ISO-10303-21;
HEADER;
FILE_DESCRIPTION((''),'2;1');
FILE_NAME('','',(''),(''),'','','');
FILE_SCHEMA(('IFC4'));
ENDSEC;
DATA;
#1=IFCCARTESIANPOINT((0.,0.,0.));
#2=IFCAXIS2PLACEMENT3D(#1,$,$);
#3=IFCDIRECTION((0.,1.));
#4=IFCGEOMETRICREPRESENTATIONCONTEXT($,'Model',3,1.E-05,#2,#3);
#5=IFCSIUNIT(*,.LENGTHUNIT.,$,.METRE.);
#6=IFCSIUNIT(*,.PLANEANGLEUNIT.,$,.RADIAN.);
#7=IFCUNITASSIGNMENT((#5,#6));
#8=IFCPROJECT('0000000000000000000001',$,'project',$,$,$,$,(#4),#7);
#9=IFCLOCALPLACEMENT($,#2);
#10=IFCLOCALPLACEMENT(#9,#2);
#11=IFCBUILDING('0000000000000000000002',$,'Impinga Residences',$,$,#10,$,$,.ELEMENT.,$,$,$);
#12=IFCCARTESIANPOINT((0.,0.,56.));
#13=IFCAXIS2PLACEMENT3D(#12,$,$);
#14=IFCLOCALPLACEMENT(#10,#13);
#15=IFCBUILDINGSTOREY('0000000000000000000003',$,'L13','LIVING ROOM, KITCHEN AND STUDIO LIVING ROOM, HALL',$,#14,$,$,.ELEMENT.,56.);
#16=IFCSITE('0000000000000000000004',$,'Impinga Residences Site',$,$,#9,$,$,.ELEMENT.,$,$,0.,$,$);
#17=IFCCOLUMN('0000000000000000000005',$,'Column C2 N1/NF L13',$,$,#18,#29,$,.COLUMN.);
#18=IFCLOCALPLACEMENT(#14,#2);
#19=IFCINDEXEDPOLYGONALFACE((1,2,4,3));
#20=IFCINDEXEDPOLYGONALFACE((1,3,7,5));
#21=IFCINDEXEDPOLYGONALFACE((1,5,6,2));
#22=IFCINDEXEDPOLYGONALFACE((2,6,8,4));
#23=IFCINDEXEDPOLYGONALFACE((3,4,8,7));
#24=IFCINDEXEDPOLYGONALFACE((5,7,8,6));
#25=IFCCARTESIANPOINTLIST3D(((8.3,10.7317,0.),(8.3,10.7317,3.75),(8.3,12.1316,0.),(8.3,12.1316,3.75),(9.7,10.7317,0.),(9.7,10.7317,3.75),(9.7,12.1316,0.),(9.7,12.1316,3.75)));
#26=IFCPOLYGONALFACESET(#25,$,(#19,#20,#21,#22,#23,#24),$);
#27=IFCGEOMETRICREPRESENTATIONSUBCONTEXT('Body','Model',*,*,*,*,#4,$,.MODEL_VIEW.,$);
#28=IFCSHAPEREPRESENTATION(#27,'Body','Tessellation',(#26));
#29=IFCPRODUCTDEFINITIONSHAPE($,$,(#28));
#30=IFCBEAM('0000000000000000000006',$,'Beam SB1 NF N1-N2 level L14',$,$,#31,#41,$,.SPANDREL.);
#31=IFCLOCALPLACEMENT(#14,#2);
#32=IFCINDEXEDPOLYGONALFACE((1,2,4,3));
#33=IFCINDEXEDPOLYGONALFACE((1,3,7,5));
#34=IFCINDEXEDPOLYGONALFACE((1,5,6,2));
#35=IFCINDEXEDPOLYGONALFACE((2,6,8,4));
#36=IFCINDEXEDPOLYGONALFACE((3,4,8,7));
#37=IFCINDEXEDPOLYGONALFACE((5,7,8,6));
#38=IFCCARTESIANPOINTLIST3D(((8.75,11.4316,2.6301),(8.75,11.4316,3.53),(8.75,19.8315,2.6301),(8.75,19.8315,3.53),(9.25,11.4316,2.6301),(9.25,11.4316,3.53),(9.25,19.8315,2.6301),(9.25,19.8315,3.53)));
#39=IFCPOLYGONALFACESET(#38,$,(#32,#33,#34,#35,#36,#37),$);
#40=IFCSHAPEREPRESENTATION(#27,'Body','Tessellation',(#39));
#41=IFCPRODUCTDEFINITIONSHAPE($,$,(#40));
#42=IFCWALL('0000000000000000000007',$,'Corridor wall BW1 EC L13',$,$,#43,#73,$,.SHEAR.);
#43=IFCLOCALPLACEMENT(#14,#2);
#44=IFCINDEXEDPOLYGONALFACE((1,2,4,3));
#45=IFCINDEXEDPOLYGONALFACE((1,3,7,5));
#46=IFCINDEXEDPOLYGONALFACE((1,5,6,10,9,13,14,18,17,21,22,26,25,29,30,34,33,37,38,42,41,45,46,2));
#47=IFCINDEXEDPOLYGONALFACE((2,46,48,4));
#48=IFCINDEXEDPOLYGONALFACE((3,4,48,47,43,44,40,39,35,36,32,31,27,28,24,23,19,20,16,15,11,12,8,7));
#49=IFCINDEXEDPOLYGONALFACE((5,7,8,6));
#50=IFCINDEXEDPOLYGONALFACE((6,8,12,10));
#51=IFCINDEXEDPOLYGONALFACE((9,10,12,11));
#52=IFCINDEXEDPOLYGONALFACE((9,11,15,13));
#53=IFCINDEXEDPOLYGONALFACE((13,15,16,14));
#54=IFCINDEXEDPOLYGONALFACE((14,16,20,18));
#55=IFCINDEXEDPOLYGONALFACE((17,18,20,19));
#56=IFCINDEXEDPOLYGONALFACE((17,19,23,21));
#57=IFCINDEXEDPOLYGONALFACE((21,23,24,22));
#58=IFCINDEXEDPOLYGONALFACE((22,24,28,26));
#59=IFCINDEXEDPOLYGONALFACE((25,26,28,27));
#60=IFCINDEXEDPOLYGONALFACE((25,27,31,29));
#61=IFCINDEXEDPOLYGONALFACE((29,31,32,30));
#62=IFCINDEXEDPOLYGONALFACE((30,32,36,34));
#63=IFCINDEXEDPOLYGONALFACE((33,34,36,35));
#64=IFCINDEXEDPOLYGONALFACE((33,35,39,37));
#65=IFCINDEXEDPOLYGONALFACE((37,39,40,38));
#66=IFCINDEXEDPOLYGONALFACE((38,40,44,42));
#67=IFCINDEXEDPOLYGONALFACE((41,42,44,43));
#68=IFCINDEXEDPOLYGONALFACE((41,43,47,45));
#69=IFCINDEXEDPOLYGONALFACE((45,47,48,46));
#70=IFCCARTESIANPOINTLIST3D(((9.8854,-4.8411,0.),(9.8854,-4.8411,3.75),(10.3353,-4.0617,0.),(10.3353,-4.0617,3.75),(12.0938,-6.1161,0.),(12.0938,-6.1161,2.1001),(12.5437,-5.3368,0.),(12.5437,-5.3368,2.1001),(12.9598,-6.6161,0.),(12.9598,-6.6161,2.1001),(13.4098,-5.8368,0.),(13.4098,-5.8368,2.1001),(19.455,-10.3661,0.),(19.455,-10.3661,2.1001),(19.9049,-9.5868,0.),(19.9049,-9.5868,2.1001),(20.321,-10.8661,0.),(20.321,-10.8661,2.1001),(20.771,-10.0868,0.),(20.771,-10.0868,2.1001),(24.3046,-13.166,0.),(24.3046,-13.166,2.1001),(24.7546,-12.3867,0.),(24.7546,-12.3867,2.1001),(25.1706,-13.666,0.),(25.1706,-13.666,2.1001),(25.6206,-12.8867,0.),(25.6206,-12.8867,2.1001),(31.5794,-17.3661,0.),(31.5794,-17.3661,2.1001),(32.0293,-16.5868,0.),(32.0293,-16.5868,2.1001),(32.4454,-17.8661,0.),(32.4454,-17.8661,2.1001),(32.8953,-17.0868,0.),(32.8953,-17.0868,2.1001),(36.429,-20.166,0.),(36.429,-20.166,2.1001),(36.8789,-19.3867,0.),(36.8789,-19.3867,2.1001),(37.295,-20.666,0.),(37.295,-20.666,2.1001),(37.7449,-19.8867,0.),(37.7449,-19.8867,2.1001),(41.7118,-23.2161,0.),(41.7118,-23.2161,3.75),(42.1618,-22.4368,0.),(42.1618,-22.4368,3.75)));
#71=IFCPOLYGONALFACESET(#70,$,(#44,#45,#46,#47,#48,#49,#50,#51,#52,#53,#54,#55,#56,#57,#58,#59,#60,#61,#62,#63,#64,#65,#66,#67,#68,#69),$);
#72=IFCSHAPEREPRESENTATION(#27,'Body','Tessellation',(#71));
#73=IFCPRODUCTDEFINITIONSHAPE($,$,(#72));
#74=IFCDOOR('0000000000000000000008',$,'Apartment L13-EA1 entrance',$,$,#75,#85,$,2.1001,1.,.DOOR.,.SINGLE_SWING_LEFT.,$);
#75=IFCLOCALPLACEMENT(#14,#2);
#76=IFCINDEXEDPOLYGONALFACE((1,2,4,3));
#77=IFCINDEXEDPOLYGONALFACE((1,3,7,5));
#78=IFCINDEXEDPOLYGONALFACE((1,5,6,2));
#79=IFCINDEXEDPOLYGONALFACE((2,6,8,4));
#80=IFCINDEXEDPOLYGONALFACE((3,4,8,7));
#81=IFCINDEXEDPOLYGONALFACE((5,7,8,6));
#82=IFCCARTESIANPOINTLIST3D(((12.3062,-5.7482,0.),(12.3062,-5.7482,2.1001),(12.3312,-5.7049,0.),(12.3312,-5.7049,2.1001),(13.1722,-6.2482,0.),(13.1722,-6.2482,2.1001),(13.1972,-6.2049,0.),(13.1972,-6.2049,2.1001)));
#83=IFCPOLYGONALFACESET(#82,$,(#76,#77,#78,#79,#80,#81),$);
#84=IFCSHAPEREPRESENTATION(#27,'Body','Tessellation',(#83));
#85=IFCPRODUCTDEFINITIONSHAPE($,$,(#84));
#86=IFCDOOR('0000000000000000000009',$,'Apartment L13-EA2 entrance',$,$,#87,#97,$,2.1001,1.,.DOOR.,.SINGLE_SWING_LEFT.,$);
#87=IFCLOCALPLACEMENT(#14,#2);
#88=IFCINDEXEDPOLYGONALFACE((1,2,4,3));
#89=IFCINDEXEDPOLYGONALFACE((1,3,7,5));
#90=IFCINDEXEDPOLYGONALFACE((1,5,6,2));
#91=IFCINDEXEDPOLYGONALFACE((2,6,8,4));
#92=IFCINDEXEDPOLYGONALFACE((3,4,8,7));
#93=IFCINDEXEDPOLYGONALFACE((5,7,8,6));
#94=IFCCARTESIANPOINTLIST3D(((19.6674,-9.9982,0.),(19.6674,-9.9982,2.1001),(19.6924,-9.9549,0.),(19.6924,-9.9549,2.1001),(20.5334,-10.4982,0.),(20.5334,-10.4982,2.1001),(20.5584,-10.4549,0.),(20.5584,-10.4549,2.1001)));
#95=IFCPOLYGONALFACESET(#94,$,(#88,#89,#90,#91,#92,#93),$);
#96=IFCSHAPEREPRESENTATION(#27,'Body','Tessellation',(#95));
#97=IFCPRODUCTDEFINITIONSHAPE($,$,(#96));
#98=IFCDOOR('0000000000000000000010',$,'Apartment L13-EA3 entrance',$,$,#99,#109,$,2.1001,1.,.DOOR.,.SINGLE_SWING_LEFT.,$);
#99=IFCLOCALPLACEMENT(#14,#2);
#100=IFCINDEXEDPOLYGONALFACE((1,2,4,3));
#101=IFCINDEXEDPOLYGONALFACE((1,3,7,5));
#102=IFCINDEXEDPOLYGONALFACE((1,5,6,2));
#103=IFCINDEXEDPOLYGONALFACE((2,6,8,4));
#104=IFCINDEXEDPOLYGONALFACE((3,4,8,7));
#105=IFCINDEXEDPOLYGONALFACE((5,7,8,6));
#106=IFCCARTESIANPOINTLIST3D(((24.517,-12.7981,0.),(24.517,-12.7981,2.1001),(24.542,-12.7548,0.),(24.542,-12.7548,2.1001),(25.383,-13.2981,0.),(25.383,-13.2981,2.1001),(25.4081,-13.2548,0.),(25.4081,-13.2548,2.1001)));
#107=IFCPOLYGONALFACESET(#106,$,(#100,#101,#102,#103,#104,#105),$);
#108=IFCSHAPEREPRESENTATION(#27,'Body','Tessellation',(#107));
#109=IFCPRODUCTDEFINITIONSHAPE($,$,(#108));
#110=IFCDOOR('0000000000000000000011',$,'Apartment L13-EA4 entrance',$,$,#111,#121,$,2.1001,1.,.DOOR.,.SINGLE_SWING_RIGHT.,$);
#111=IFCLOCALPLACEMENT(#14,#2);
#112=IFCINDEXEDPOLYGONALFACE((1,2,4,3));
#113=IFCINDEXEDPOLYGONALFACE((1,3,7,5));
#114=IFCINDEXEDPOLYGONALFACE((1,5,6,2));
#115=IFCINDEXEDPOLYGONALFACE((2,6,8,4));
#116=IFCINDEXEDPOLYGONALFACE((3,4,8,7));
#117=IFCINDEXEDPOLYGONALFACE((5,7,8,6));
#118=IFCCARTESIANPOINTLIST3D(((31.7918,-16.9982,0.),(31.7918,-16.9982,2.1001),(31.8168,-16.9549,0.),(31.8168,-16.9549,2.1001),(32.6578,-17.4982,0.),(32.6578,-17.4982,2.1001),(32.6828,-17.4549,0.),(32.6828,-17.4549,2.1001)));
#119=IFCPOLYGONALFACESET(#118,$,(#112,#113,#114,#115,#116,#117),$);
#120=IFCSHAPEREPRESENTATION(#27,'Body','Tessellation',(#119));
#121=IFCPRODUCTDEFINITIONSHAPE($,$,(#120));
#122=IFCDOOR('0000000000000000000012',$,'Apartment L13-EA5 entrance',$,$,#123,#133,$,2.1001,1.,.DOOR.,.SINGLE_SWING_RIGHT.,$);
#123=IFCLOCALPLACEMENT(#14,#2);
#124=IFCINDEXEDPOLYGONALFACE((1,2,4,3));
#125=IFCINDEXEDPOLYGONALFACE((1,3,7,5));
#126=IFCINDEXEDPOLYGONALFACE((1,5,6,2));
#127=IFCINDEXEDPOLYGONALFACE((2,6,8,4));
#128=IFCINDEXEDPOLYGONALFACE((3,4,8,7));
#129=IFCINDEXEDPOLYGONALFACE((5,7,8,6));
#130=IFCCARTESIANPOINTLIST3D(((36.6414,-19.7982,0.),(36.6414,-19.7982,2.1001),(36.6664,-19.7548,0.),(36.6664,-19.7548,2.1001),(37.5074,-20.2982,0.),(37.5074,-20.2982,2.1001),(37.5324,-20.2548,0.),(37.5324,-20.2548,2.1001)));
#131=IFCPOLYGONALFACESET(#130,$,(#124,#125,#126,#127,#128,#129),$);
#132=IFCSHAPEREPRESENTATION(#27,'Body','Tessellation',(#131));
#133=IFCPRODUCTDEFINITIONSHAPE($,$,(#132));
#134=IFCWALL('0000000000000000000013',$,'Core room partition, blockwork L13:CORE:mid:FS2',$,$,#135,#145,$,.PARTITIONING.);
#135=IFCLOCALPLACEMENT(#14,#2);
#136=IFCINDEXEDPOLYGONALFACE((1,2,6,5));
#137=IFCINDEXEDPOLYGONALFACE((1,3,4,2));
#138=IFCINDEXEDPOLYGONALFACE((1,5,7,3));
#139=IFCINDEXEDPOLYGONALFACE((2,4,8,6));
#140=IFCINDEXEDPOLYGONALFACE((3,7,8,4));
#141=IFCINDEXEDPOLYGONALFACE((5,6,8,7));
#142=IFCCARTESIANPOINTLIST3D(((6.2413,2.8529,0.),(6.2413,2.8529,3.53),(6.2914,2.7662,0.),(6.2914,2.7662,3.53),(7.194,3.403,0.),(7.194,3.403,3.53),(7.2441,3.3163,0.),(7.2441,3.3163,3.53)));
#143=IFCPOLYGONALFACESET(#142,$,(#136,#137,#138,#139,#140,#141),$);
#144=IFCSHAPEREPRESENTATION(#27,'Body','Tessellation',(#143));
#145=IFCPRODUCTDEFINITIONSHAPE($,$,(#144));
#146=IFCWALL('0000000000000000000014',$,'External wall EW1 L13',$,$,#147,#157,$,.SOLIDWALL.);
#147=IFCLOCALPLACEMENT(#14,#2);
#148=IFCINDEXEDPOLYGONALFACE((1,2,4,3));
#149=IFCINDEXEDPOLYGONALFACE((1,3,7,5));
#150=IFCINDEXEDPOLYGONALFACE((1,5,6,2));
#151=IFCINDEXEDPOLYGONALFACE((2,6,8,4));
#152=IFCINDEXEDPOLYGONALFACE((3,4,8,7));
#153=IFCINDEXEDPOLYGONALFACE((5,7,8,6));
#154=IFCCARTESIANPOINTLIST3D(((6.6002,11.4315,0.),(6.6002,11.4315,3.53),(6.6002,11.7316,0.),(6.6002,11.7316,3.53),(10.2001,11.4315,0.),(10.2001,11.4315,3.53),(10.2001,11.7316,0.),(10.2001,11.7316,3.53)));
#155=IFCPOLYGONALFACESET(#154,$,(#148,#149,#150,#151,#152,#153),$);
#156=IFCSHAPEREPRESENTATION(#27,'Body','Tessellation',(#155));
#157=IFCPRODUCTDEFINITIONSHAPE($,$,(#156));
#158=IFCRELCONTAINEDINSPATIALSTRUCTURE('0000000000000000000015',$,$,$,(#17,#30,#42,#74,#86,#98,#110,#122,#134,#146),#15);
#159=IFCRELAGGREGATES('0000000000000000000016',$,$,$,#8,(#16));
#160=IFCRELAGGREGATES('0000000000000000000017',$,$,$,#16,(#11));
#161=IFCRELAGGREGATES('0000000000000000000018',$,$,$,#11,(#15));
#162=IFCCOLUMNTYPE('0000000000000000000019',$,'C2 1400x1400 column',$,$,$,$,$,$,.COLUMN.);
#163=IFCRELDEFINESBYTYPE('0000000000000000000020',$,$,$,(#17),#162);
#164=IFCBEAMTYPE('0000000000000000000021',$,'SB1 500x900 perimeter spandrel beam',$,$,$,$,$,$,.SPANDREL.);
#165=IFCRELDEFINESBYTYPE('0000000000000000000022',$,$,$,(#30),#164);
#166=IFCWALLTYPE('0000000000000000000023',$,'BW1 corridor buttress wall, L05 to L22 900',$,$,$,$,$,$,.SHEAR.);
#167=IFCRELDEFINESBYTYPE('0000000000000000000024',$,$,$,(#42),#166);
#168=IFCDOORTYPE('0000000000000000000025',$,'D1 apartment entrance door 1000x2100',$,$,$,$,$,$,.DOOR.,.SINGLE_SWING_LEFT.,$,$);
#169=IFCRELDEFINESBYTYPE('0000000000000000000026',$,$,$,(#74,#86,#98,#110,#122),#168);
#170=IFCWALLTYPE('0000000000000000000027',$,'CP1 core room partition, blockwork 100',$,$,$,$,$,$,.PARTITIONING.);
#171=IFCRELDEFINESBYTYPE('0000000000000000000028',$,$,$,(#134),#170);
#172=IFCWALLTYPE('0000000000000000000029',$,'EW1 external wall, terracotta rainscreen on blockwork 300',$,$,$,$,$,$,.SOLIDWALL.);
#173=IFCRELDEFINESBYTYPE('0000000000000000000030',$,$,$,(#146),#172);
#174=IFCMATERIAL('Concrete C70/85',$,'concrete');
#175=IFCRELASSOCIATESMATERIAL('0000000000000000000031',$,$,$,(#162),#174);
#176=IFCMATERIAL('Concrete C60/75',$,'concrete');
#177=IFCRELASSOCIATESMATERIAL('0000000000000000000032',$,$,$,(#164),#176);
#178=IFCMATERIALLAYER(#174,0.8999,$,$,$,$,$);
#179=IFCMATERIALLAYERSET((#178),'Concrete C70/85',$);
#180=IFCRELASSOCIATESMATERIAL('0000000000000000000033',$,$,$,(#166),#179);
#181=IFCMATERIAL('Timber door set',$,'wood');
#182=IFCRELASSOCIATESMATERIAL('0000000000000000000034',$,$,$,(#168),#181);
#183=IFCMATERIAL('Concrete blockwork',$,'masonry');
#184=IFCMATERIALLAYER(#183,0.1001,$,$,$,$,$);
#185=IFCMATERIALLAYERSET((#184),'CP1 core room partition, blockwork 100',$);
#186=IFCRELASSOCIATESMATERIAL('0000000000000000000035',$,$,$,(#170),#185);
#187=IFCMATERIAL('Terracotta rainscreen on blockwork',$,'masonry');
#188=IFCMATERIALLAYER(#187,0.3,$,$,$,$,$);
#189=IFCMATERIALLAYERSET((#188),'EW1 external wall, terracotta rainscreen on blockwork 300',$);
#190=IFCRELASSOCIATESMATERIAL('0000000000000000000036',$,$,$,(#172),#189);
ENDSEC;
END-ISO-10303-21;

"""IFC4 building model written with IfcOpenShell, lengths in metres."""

from ifc_helpers import new_model, si_unit, direction, frame, frame_2d, origin, origin_2d, place, context, subcontext, project, spatial, rectangle, extrude, material, layer, layer_set, material_profile, profile_set, type_object, element, fill, save


model = new_model("IFC4")

# Units and contexts
model_context = context("Model", 3, precision=1e-05, world=origin(), true_north=direction((0.0, 1.0)))
body_context = subcontext(model_context, "Body", "Model", "MODEL_VIEW")
ifc_project = project(units=[si_unit("LENGTHUNIT", "METRE"), si_unit("PLANEANGLEUNIT", "RADIAN")], contexts=[model_context])

# Site, building, storey
site_placement = place(None, origin())
site = spatial("IfcSite", under=ifc_project, at=site_placement, Name="Impinga Residences Site", CompositionType="ELEMENT", RefElevation=0.0)
building_placement = place(site_placement, origin())
building = spatial("IfcBuilding", under=site, at=building_placement, Name="Impinga Residences", CompositionType="ELEMENT")
storey_placement = place(building_placement, frame((0.0, 0.0, 56.0)))
storey = spatial("IfcBuildingStorey", under=building, at=storey_placement, Name="L13", Description="LIVING ROOM, KITCHEN AND STUDIO LIVING ROOM, HALL", CompositionType="ELEMENT", Elevation=56.0)

# Column
ifc_material_1 = material(Name="Concrete C70/85", Category="concrete")
ifc_material_profile_1 = material_profile(ifc_material_1, rectangle(XDim=1.3999, YDim=1.3999, at=origin_2d()), Name="RC 1400x1400")
ifc_profile_set_1 = profile_set([ifc_material_profile_1], Name="Concrete C70/85")
column_type = type_object("IfcColumnType", Name="C2 1400x1400 column", PredefinedType="COLUMN", material=ifc_profile_set_1)
column_placement = place(storey_placement, frame((9.0, 11.4316, 0.0), z_axis=(0.0, 0.0, 1.0), x_axis=(1.0, 0.0, 0.0)))
element("IfcColumn", 1, at=column_placement, inside=storey, type_object=column_type, Name="Column C2 N1/NF L13", PredefinedType="COLUMN", context=body_context, shape_type="SweptSolid", body=[
    extrude(rectangle(XDim=1.3999, YDim=1.3999, at=origin_2d()), origin(), (0.0, 0.0, 1.0), 3.75),
])

# Beam
ifc_material_2 = material(Name="Concrete C60/75", Category="concrete")
ifc_material_profile_2 = material_profile(ifc_material_2, rectangle(XDim=0.5, YDim=0.8999, at=origin_2d()), Name="RC 500x900")
ifc_profile_set_2 = profile_set([ifc_material_profile_2], Name="Concrete C60/75")
beam_type = type_object("IfcBeamType", Name="SB1 500x900 perimeter spandrel beam", PredefinedType="SPANDREL", material=ifc_profile_set_2)
beam_placement = place(storey_placement, frame((9.0, 11.4316, 3.0801), z_axis=(0.0, 1.0, 0.0), x_axis=(-1.0, 0.0, 0.0)))
element("IfcBeam", 2, at=beam_placement, inside=storey, type_object=beam_type, Name="Beam SB1 NF N1-N2 level L14", PredefinedType="SPANDREL", context=body_context, shape_type="SweptSolid", body=[
    extrude(rectangle(XDim=0.5, YDim=0.8999, at=origin_2d()), origin(), (0.0, 0.0, 1.0), 8.3999),
])

# Wall, openings, doors
ifc_layer_1 = layer(ifc_material_1, 0.8999)
ifc_layer_set_1 = layer_set([ifc_layer_1], Name="Concrete C70/85")
wall_type_1 = type_object("IfcWallType", Name="BW1 corridor buttress wall, L05 to L22 900", PredefinedType="SHEAR", material=ifc_layer_set_1)
wall_1_placement = place(storey_placement, frame((10.1104, -4.4514, 0.0), z_axis=(0.0, 0.0, 1.0), x_axis=(0.866025, -0.5, 0.0)))
wall_1 = element("IfcWall", 3, at=wall_1_placement, inside=storey, type_object=wall_type_1, Name="Corridor wall BW1 EC L13", PredefinedType="SHEAR", context=body_context, shape_type="SweptSolid", body=[
    extrude(rectangle(XDim=36.75, YDim=0.8999, at=frame_2d((18.375, 0.0))), origin(), (0.0, 0.0, 1.0), 3.75),
])
opening_1_placement = place(wall_1_placement, frame((2.55, 0.0, 0.0)))
opening_1 = element("IfcOpeningElement", 4, at=opening_1_placement, cuts=wall_1, PredefinedType="OPENING", context=body_context, shape_type="SweptSolid", body=[
    extrude(rectangle(XDim=1.0, YDim=2.1001, at=frame_2d((0.5, 1.05))), frame((0.0, 0.46, 0.0), z_axis=(0.0, -1.0, 0.0), x_axis=(1.0, 0.0, 0.0)), (0.0, 0.0, 1.0), 0.9199),
])
opening_2_placement = place(wall_1_placement, frame((11.05, 0.0, 0.0)))
opening_2 = element("IfcOpeningElement", 5, at=opening_2_placement, cuts=wall_1, PredefinedType="OPENING", context=body_context, shape_type="SweptSolid", body=[
    extrude(rectangle(XDim=1.0, YDim=2.1001, at=frame_2d((0.5, 1.05))), frame((0.0, 0.46, 0.0), z_axis=(0.0, -1.0, 0.0), x_axis=(1.0, 0.0, 0.0)), (0.0, 0.0, 1.0), 0.9199),
])
opening_3_placement = place(wall_1_placement, frame((16.6499, 0.0, 0.0)))
opening_3 = element("IfcOpeningElement", 6, at=opening_3_placement, cuts=wall_1, PredefinedType="OPENING", context=body_context, shape_type="SweptSolid", body=[
    extrude(rectangle(XDim=1.0, YDim=2.1001, at=frame_2d((0.5, 1.05))), frame((0.0, 0.46, 0.0), z_axis=(0.0, -1.0, 0.0), x_axis=(1.0, 0.0, 0.0)), (0.0, 0.0, 1.0), 0.9199),
])
opening_4_placement = place(wall_1_placement, frame((25.05, 0.0, 0.0)))
opening_4 = element("IfcOpeningElement", 7, at=opening_4_placement, cuts=wall_1, PredefinedType="OPENING", context=body_context, shape_type="SweptSolid", body=[
    extrude(rectangle(XDim=1.0, YDim=2.1001, at=frame_2d((0.5, 1.05))), frame((0.0, 0.46, 0.0), z_axis=(0.0, -1.0, 0.0), x_axis=(1.0, 0.0, 0.0)), (0.0, 0.0, 1.0), 0.9199),
])
opening_5_placement = place(wall_1_placement, frame((30.6499, 0.0, 0.0)))
opening_5 = element("IfcOpeningElement", 8, at=opening_5_placement, cuts=wall_1, PredefinedType="OPENING", context=body_context, shape_type="SweptSolid", body=[
    extrude(rectangle(XDim=1.0, YDim=2.1001, at=frame_2d((0.5, 1.05))), frame((0.0, 0.46, 0.0), z_axis=(0.0, -1.0, 0.0), x_axis=(1.0, 0.0, 0.0)), (0.0, 0.0, 1.0), 0.9199),
])
ifc_material_3 = material(Name="Timber door set", Category="wood")
door_type_1 = type_object("IfcDoorType", Name="D1 apartment entrance door 1000x2100", OperationType="SINGLE_SWING_LEFT", PredefinedType="DOOR", material=ifc_material_3)
door_1_placement = place(opening_1_placement, origin())
door_1 = element("IfcDoor", 9, at=door_1_placement, inside=storey, type_object=door_type_1, Name="Apartment L13-EA1 entrance", OperationType="SINGLE_SWING_LEFT", OverallHeight=2.1001, OverallWidth=1.0, PredefinedType="DOOR", context=body_context, shape_type="SweptSolid", body=[
    extrude(rectangle(XDim=1.0, YDim=2.1001, at=frame_2d((0.5, 1.05))), frame((0.0, 0.0249, 0.0), z_axis=(0.0, -1.0, 0.0), x_axis=(1.0, 0.0, 0.0)), (0.0, 0.0, 1.0), 0.05),
])
fill(opening_1, door_1)
door_2_placement = place(opening_2_placement, origin())
door_2 = element("IfcDoor", 10, at=door_2_placement, inside=storey, type_object=door_type_1, Name="Apartment L13-EA2 entrance", OperationType="SINGLE_SWING_LEFT", OverallHeight=2.1001, OverallWidth=1.0, PredefinedType="DOOR", context=body_context, shape_type="SweptSolid", body=[
    extrude(rectangle(XDim=1.0, YDim=2.1001, at=frame_2d((0.5, 1.05))), frame((0.0, 0.0249, 0.0), z_axis=(0.0, -1.0, 0.0), x_axis=(1.0, 0.0, 0.0)), (0.0, 0.0, 1.0), 0.05),
])
fill(opening_2, door_2)
door_3_placement = place(opening_3_placement, origin())
door_3 = element("IfcDoor", 11, at=door_3_placement, inside=storey, type_object=door_type_1, Name="Apartment L13-EA3 entrance", OperationType="SINGLE_SWING_LEFT", OverallHeight=2.1001, OverallWidth=1.0, PredefinedType="DOOR", context=body_context, shape_type="SweptSolid", body=[
    extrude(rectangle(XDim=1.0, YDim=2.1001, at=frame_2d((0.5, 1.05))), frame((0.0, 0.0249, 0.0), z_axis=(0.0, -1.0, 0.0), x_axis=(1.0, 0.0, 0.0)), (0.0, 0.0, 1.0), 0.05),
])
fill(opening_3, door_3)
door_4_placement = place(opening_4_placement, origin())
door_4 = element("IfcDoor", 12, at=door_4_placement, inside=storey, type_object=door_type_1, Name="Apartment L13-EA4 entrance", OperationType="SINGLE_SWING_RIGHT", OverallHeight=2.1001, OverallWidth=1.0, PredefinedType="DOOR", context=body_context, shape_type="SweptSolid", body=[
    extrude(rectangle(XDim=1.0, YDim=2.1001, at=frame_2d((0.5, 1.05))), frame((0.0, 0.0249, 0.0), z_axis=(0.0, -1.0, 0.0), x_axis=(1.0, 0.0, 0.0)), (0.0, 0.0, 1.0), 0.05),
])
fill(opening_4, door_4)
door_5_placement = place(opening_5_placement, origin())
door_5 = element("IfcDoor", 13, at=door_5_placement, inside=storey, type_object=door_type_1, Name="Apartment L13-EA5 entrance", OperationType="SINGLE_SWING_RIGHT", OverallHeight=2.1001, OverallWidth=1.0, PredefinedType="DOOR", context=body_context, shape_type="SweptSolid", body=[
    extrude(rectangle(XDim=1.0, YDim=2.1001, at=frame_2d((0.5, 1.05))), frame((0.0, 0.0249, 0.0), z_axis=(0.0, -1.0, 0.0), x_axis=(1.0, 0.0, 0.0)), (0.0, 0.0, 1.0), 0.05),
])
fill(opening_5, door_5)

# Walls
ifc_material_4 = material(Name="Concrete blockwork", Category="masonry")
ifc_layer_2 = layer(ifc_material_4, 0.1001)
ifc_layer_set_2 = layer_set([ifc_layer_2], Name="CP1 core room partition, blockwork 100")
wall_type_2 = type_object("IfcWallType", Name="CP1 core room partition, blockwork 100", PredefinedType="PARTITIONING", material=ifc_layer_set_2)
wall_2_placement = place(storey_placement, frame((6.2664, 2.8096, 0.0), z_axis=(0.0, 0.0, 1.0), x_axis=(0.866008, 0.50003, 0.0)))
element("IfcWall", 14, at=wall_2_placement, inside=storey, type_object=wall_type_2, Name="Core room partition, blockwork L13:CORE:mid:FS2", PredefinedType="PARTITIONING", context=body_context, shape_type="SweptSolid", body=[
    extrude(rectangle(XDim=1.1001, YDim=0.1001, at=frame_2d((0.55, 0.0))), origin(), (0.0, 0.0, 1.0), 3.53),
])
ifc_material_5 = material(Name="Terracotta rainscreen on blockwork", Category="masonry")
ifc_layer_3 = layer(ifc_material_5, 0.3)
ifc_layer_set_3 = layer_set([ifc_layer_3], Name="EW1 external wall, terracotta rainscreen on blockwork 300")
wall_type_3 = type_object("IfcWallType", Name="EW1 external wall, terracotta rainscreen on blockwork 300", PredefinedType="SOLIDWALL", material=ifc_layer_set_3)
wall_3_placement = place(storey_placement, frame((10.2, 11.5815, 0.0), z_axis=(0.0, 0.0, 1.0), x_axis=(-1.0, 0.0, 0.0)))
element("IfcWall", 15, at=wall_3_placement, inside=storey, type_object=wall_type_3, Name="External wall EW1 L13", PredefinedType="SOLIDWALL", context=body_context, shape_type="SweptSolid", body=[
    extrude(rectangle(XDim=3.5999, YDim=0.3, at=frame_2d((1.7998, 0.0))), origin(), (0.0, 0.0, 1.0), 3.53),
])

save(model, "model.ifc")
